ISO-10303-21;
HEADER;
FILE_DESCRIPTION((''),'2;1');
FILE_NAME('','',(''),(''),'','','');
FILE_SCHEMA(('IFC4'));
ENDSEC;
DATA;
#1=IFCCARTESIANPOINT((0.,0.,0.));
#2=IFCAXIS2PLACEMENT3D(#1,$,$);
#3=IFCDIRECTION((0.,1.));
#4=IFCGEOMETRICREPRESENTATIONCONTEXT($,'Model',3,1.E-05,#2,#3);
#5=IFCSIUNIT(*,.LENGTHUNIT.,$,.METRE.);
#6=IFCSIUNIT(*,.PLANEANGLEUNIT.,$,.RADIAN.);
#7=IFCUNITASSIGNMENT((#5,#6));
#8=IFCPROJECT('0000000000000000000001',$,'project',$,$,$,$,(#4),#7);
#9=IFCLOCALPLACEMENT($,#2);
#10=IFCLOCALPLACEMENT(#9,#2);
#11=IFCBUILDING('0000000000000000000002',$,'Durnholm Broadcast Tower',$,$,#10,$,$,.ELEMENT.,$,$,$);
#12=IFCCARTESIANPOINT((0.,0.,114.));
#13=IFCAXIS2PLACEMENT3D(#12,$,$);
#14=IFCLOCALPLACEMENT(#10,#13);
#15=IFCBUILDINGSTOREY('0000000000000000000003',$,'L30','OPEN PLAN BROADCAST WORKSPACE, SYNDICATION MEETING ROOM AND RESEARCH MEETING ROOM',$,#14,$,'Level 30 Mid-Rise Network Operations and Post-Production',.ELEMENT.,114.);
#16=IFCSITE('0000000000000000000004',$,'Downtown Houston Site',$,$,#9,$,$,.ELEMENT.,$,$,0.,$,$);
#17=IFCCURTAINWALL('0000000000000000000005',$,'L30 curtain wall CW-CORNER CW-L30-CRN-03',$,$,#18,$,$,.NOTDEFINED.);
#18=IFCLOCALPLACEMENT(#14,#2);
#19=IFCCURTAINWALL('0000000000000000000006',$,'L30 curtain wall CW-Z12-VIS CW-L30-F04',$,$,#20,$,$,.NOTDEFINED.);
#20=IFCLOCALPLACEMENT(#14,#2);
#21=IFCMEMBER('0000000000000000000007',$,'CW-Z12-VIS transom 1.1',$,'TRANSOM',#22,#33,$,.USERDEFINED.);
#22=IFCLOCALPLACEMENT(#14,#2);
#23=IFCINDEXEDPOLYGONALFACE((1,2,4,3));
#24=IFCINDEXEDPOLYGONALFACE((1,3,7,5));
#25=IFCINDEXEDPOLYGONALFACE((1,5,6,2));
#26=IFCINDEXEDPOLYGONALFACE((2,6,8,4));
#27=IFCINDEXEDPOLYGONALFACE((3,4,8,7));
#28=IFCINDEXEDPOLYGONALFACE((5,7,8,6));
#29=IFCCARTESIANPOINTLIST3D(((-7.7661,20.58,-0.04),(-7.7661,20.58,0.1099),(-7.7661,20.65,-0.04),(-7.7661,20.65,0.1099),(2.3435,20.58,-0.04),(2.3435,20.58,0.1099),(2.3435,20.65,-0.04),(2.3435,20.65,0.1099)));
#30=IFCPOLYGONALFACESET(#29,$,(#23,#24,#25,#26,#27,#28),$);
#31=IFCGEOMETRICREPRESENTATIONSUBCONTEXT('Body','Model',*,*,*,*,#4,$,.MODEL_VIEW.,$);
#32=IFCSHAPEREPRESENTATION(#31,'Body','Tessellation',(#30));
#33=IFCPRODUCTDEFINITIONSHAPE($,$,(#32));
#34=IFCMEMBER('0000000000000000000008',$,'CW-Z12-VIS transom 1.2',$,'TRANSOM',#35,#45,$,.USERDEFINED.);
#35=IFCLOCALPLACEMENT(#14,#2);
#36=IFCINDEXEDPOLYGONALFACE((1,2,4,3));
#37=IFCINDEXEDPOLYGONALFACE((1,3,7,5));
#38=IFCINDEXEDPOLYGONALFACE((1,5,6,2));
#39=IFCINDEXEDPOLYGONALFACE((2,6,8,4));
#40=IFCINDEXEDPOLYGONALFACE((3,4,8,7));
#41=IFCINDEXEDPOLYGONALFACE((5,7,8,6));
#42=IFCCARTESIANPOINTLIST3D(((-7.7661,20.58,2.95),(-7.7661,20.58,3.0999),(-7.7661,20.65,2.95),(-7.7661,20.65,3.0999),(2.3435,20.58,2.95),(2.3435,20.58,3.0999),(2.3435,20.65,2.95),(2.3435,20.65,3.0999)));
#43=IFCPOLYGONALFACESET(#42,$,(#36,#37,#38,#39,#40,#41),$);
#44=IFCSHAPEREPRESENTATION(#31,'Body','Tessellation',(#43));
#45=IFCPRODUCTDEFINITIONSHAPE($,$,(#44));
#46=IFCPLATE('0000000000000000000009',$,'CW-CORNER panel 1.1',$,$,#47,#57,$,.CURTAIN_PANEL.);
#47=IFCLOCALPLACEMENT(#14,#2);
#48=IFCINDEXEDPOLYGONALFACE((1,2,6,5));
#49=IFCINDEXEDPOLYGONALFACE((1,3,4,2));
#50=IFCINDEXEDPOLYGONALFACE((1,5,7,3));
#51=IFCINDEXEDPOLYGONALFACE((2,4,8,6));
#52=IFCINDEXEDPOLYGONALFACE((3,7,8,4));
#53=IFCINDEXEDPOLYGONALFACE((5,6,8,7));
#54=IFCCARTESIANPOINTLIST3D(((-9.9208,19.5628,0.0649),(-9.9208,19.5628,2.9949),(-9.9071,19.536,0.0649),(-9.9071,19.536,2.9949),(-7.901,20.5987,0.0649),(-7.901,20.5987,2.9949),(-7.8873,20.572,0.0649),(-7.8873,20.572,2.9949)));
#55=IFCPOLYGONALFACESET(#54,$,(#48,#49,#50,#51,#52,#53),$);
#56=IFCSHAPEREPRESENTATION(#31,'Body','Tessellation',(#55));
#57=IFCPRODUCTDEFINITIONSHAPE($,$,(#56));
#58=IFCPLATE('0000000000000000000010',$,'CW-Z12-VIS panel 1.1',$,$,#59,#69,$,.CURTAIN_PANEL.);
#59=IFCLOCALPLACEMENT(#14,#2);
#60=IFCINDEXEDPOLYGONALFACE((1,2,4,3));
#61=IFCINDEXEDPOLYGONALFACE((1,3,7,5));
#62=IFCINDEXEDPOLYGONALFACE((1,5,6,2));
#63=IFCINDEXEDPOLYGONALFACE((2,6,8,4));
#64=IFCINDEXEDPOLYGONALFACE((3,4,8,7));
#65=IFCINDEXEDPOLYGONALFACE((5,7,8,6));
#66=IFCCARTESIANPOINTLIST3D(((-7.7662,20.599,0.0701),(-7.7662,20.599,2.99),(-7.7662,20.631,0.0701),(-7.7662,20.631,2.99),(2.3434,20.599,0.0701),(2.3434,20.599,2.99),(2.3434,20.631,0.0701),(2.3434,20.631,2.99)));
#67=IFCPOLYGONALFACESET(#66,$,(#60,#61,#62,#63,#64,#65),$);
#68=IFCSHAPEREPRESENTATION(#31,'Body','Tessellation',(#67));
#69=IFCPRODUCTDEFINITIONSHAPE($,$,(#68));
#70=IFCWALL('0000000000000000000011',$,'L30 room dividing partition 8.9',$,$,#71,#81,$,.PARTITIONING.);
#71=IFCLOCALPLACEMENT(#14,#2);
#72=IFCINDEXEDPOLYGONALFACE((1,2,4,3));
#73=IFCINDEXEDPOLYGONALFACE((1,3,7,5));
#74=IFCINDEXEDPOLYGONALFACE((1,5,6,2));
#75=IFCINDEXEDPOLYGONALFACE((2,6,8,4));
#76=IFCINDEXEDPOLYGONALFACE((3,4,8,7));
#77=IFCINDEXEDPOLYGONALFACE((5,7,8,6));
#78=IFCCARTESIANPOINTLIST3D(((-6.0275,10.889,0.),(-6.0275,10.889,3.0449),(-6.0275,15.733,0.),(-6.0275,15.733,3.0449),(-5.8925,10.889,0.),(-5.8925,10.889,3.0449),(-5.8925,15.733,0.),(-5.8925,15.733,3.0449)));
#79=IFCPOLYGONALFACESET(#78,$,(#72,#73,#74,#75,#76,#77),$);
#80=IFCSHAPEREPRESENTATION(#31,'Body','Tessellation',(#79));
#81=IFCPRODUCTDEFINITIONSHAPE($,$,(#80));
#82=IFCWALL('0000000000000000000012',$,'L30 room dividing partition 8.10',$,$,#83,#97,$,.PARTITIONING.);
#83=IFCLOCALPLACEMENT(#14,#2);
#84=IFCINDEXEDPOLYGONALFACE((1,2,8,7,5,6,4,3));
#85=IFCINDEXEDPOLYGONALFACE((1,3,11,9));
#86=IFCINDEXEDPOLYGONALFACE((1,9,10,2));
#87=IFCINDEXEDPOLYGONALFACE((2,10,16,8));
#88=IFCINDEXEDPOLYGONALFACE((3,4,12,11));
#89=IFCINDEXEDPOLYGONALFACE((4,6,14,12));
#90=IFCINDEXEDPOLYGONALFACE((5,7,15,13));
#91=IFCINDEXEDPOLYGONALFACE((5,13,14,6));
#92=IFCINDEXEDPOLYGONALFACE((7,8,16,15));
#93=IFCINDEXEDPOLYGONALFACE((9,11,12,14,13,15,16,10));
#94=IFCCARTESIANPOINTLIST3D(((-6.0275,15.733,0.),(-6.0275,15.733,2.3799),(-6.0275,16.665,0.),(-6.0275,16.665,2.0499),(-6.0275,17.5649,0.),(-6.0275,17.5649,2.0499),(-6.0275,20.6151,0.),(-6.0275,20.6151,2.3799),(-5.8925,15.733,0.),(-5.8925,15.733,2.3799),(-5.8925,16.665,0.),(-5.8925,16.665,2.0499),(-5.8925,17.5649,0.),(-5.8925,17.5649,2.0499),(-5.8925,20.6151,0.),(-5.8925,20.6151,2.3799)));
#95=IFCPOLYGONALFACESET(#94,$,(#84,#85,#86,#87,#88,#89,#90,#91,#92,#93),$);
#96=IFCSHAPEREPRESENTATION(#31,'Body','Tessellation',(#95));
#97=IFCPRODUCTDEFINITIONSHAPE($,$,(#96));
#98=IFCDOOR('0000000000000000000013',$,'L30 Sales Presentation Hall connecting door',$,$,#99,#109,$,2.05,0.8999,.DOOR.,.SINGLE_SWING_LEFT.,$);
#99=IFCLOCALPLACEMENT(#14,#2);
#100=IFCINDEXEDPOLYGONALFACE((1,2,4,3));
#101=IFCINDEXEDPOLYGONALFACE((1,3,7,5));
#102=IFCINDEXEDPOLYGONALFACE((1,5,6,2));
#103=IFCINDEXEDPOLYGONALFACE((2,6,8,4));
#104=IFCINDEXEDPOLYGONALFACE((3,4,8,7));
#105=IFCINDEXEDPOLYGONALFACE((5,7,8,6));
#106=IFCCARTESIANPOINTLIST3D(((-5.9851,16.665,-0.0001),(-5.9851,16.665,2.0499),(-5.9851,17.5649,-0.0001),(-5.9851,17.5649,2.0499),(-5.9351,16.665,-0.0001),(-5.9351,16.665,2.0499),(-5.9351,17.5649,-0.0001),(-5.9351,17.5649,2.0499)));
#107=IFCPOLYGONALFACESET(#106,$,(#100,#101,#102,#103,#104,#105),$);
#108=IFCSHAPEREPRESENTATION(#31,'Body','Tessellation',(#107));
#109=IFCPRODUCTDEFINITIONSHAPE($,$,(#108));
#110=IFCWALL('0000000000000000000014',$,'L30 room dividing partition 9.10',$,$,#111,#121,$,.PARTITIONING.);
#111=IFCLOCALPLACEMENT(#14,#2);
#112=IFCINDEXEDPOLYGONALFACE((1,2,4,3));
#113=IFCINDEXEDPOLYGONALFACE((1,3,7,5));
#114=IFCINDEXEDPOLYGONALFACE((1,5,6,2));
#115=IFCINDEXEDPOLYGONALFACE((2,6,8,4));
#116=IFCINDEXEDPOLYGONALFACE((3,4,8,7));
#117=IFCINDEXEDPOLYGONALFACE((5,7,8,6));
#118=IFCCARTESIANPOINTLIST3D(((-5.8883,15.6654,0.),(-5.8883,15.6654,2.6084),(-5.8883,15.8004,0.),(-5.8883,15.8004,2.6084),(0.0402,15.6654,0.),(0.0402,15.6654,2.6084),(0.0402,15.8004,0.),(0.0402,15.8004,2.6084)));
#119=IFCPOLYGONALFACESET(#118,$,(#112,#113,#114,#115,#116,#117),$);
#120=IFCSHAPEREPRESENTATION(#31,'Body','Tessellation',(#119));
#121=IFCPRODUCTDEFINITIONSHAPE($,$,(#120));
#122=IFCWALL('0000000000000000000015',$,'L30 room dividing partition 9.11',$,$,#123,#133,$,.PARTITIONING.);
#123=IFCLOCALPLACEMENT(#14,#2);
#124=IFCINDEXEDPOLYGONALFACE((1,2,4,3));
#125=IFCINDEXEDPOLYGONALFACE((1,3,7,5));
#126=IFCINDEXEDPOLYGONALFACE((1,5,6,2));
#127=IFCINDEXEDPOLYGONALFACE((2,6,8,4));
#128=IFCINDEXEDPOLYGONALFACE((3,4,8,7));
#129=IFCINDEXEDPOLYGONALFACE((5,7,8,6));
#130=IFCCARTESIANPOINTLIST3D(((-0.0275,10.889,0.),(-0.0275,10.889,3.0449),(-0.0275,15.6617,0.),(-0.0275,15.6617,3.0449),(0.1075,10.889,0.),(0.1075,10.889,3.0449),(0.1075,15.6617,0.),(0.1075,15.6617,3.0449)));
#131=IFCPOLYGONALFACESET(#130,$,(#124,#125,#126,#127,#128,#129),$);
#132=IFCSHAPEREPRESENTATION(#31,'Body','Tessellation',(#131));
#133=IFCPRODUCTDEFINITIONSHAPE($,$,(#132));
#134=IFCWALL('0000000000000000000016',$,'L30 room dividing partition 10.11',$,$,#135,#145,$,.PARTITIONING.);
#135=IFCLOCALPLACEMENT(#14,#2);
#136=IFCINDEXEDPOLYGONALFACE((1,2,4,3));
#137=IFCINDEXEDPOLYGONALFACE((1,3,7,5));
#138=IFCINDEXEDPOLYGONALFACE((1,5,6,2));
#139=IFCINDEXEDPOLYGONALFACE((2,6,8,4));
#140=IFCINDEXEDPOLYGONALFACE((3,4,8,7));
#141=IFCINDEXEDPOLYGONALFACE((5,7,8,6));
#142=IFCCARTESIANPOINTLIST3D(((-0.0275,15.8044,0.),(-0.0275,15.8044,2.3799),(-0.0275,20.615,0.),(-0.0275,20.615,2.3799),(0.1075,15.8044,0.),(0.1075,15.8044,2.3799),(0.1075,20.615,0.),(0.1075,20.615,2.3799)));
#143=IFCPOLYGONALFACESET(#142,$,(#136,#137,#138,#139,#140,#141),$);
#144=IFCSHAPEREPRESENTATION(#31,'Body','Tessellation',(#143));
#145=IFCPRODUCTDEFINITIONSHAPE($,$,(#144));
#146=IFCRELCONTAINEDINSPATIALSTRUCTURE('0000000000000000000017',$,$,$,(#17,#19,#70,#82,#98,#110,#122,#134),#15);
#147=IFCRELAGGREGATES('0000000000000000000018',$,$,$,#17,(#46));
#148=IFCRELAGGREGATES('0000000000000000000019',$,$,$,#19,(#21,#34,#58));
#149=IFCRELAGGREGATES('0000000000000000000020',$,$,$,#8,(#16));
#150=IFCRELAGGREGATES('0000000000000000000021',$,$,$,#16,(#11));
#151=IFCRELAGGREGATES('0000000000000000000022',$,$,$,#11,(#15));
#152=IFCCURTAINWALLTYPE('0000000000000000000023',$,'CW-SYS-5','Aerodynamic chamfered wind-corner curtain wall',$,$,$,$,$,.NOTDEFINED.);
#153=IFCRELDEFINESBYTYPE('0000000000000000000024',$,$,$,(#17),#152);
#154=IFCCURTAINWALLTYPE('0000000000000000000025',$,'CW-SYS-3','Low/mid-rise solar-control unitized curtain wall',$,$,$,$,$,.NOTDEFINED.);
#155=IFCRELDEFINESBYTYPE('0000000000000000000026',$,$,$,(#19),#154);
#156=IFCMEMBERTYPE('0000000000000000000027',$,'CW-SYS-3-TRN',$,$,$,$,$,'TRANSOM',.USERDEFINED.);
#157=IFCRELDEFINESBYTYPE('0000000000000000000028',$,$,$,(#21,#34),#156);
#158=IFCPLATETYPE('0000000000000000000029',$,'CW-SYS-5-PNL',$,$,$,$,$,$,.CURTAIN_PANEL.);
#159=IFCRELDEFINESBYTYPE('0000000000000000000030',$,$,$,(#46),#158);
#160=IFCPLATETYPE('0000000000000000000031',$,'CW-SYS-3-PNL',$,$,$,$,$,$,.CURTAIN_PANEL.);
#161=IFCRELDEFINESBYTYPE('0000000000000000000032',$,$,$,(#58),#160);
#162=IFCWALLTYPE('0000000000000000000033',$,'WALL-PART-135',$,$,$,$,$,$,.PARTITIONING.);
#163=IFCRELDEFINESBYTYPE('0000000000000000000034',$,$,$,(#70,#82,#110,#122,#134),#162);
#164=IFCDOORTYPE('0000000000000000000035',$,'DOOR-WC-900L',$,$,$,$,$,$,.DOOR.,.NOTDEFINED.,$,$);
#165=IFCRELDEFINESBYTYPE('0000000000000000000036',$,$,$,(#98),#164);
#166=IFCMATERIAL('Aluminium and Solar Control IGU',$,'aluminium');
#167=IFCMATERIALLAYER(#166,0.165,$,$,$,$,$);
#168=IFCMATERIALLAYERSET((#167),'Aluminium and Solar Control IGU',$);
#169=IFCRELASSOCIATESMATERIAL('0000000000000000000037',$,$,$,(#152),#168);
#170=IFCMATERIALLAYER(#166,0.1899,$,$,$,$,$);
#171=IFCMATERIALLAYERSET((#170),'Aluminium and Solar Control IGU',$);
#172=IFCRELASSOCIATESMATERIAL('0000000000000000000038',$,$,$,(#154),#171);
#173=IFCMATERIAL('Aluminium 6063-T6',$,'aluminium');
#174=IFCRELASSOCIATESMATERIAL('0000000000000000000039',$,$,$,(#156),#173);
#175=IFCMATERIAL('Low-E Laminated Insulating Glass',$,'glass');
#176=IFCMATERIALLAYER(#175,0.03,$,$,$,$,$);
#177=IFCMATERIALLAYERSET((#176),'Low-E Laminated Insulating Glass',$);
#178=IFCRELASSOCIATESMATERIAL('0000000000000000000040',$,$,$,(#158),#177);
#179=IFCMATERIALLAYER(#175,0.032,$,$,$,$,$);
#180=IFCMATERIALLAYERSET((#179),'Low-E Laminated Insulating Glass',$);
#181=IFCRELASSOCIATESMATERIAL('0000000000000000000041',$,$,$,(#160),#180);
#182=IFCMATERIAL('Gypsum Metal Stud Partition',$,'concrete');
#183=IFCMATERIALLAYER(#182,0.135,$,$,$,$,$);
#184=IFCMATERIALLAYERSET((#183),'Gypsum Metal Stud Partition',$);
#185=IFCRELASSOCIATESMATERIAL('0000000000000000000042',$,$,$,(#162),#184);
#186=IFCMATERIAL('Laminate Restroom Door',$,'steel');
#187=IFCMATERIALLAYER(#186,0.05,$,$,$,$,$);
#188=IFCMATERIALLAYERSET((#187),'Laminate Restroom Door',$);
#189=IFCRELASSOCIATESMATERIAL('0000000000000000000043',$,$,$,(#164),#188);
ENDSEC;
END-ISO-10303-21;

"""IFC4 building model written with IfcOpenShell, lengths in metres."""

from ifc_helpers import new_model, si_unit, direction, frame, frame_2d, origin, origin_2d, place, context, subcontext, project, spatial, rectangle, extrude, source, transform, mapped, material, layer, layer_set, material_profile, profile_set, type_object, type_shapes, element, fill, aggregate, save


model = new_model("IFC4")

# Units and contexts
model_context = context("Model", 3, precision=1e-05, world=origin(), true_north=direction((0.0, 1.0)))
body_context = subcontext(model_context, "Body", "Model", "MODEL_VIEW")
ifc_project = project(units=[si_unit("LENGTHUNIT", "METRE"), si_unit("PLANEANGLEUNIT", "RADIAN")], contexts=[model_context])

# Site, building, storey
site_placement = place(None, origin())
site = spatial("IfcSite", under=ifc_project, at=site_placement, Name="Downtown Houston Site", CompositionType="ELEMENT", RefElevation=0.0)
building_placement = place(site_placement, origin())
building = spatial("IfcBuilding", under=site, at=building_placement, Name="Durnholm Broadcast Tower", CompositionType="ELEMENT")
storey_placement = place(building_placement, frame((0.0, 0.0, 114.0)))
storey = spatial("IfcBuildingStorey", under=building, at=storey_placement, Name="L30", Description="OPEN PLAN BROADCAST WORKSPACE, SYNDICATION MEETING ROOM AND RESEARCH MEETING ROOM", LongName="Level 30 Mid-Rise Network Operations and Post-Production", CompositionType="ELEMENT", Elevation=114.0)

# Curtain wall
ifc_material_1 = material(Name="Aluminium and Solar Control IGU", Category="aluminium")
ifc_layer_1 = layer(ifc_material_1, 0.165)
ifc_layer_set_1 = layer_set([ifc_layer_1], Name="Aluminium and Solar Control IGU")
curtain_wall_type_1 = type_object("IfcCurtainWallType", Name="CW-SYS-5", Description="Aerodynamic chamfered wind-corner curtain wall", PredefinedType="NOTDEFINED", material=ifc_layer_set_1)
curtain_wall_1_placement = place(storey_placement, origin())
curtain_wall_1 = element("IfcCurtainWall", 1, at=curtain_wall_1_placement, inside=storey, type_object=curtain_wall_type_1, Name="L30 curtain wall CW-CORNER CW-L30-CRN-03", PredefinedType="NOTDEFINED")
ifc_material_2 = material(Name="Aluminium 6063-T6", Category="aluminium")

# Curtain wall, members
ifc_layer_2 = layer(ifc_material_1, 0.1899)
ifc_layer_set_2 = layer_set([ifc_layer_2], Name="Aluminium and Solar Control IGU")
curtain_wall_type_2 = type_object("IfcCurtainWallType", Name="CW-SYS-3", Description="Low/mid-rise solar-control unitized curtain wall", PredefinedType="NOTDEFINED", material=ifc_layer_set_2)
curtain_wall_2_placement = place(storey_placement, origin())
curtain_wall_2 = element("IfcCurtainWall", 2, at=curtain_wall_2_placement, inside=storey, type_object=curtain_wall_type_2, Name="L30 curtain wall CW-Z12-VIS CW-L30-F04", PredefinedType="NOTDEFINED")
ifc_material_profile_1 = material_profile(ifc_material_2, rectangle(XDim=0.0701, YDim=0.1499, at=origin_2d()), Name="CWT70X150")
ifc_profile_set_1 = profile_set([ifc_material_profile_1], Name="Aluminium 6063-T6")
member_type_1 = type_object("IfcMemberType", Name="CW-SYS-3-TRN", ElementType="TRANSOM", PredefinedType="USERDEFINED", material=ifc_profile_set_1)
shared_shape_1 = source(origin(), body_context, "Body", "SweptSolid", [
    extrude(rectangle(XDim=0.0701, YDim=0.1499, at=origin_2d()), origin(), (0.0, 0.0, 1.0), 10.1096),
])
type_shapes(member_type_1, [shared_shape_1])
member_1_placement = place(storey_placement, frame((-7.7661, 20.615, 0.0349), z_axis=(1.0, 0.0, 0.0), x_axis=(0.0, 1.0, 0.0)))
member_1 = element("IfcMember", 3, at=member_1_placement, type_object=member_type_1, Name="CW-Z12-VIS transom 1.1", ObjectType="TRANSOM", PredefinedType="USERDEFINED", context=body_context, shape_type="MappedRepresentation", body=[
    mapped(shared_shape_1, transform((0.0, 0.0, 0.0), x_axis=(1.0, 0.0, 0.0), y_axis=(0.0, 1.0, 0.0), z_axis=(0.0, 0.0, 1.0), scale=1.0)),
])
member_2_placement = place(storey_placement, frame((-7.7661, 20.615, 3.0249), z_axis=(1.0, 0.0, 0.0), x_axis=(0.0, 1.0, 0.0)))
member_2 = element("IfcMember", 4, at=member_2_placement, type_object=member_type_1, Name="CW-Z12-VIS transom 1.2", ObjectType="TRANSOM", PredefinedType="USERDEFINED", context=body_context, shape_type="MappedRepresentation", body=[
    mapped(shared_shape_1, transform((0.0, 0.0, 0.0), x_axis=(1.0, 0.0, 0.0), y_axis=(0.0, 1.0, 0.0), z_axis=(0.0, 0.0, 1.0), scale=1.0)),
])

# Plates
ifc_material_3 = material(Name="Low-E Laminated Insulating Glass", Category="glass")
ifc_layer_3 = layer(ifc_material_3, 0.03)
ifc_layer_set_3 = layer_set([ifc_layer_3], Name="Low-E Laminated Insulating Glass")
plate_type_1 = type_object("IfcPlateType", Name="CW-SYS-5-PNL", PredefinedType="CURTAIN_PANEL", material=ifc_layer_set_3)
shared_shape_2 = source(origin(), body_context, "Body", "SweptSolid", [
    extrude(rectangle(XDim=2.27, YDim=0.03, at=origin_2d()), origin(), (0.0, 0.0, 1.0), 2.9299),
])
type_shapes(plate_type_1, [shared_shape_2])
plate_1_placement = place(storey_placement, frame((-8.9041, 20.0674, 0.0649), z_axis=(0.0, 0.0, 1.0), x_axis=(0.889788, 0.456373, 0.0)))
plate_1 = element("IfcPlate", 5, at=plate_1_placement, type_object=plate_type_1, Name="CW-CORNER panel 1.1", PredefinedType="CURTAIN_PANEL", context=body_context, shape_type="MappedRepresentation", body=[
    mapped(shared_shape_2, transform((0.0, 0.0, 0.0), x_axis=(1.0, 0.0, 0.0), y_axis=(0.0, 1.0, 0.0), z_axis=(0.0, 0.0, 1.0), scale=1.0)),
])
aggregate(curtain_wall_1, [plate_1])
ifc_layer_4 = layer(ifc_material_3, 0.032)
ifc_layer_set_4 = layer_set([ifc_layer_4], Name="Low-E Laminated Insulating Glass")
plate_type_2 = type_object("IfcPlateType", Name="CW-SYS-3-PNL", PredefinedType="CURTAIN_PANEL", material=ifc_layer_set_4)
shared_shape_3 = source(origin(), body_context, "Body", "SweptSolid", [
    extrude(rectangle(XDim=10.1096, YDim=0.032, at=origin_2d()), origin(), (0.0, 0.0, 1.0), 2.9199),
])
type_shapes(plate_type_2, [shared_shape_3])
plate_2_placement = place(storey_placement, frame((-2.7114, 20.615, 0.0701), z_axis=(0.0, 0.0, 1.0), x_axis=(1.0, 0.0, 0.0)))
plate_2 = element("IfcPlate", 6, at=plate_2_placement, type_object=plate_type_2, Name="CW-Z12-VIS panel 1.1", PredefinedType="CURTAIN_PANEL", context=body_context, shape_type="MappedRepresentation", body=[
    mapped(shared_shape_3, transform((0.0, 0.0, 0.0), x_axis=(1.0, 0.0, 0.0), y_axis=(0.0, 1.0, 0.0), z_axis=(0.0, 0.0, 1.0), scale=1.0)),
])
aggregate(curtain_wall_2, [member_1, member_2, plate_2])

# Wall
ifc_material_4 = material(Name="Gypsum Metal Stud Partition", Category="concrete")
ifc_layer_5 = layer(ifc_material_4, 0.135)
ifc_layer_set_5 = layer_set([ifc_layer_5], Name="Gypsum Metal Stud Partition")
wall_type = type_object("IfcWallType", Name="WALL-PART-135", PredefinedType="PARTITIONING", material=ifc_layer_set_5)
wall_1_placement = place(storey_placement, frame((-5.96, 15.7329, 0.0), z_axis=(0.0, 0.0, 1.0), x_axis=(0.0, -1.0, 0.0)))
element("IfcWall", 7, at=wall_1_placement, inside=storey, type_object=wall_type, Name="L30 room dividing partition 8.9", PredefinedType="PARTITIONING", context=body_context, shape_type="SweptSolid", body=[
    extrude(rectangle(XDim=4.844, YDim=0.135, at=frame_2d((2.4219, 0.0))), origin(), (0.0, 0.0, 1.0), 3.0449),
])

# Wall, opening, door
wall_2_placement = place(storey_placement, frame((-5.96, 20.615, 0.0), z_axis=(0.0, 0.0, 1.0), x_axis=(0.0, -1.0, 0.0)))
wall_2 = element("IfcWall", 8, at=wall_2_placement, inside=storey, type_object=wall_type, Name="L30 room dividing partition 8.10", PredefinedType="PARTITIONING", context=body_context, shape_type="SweptSolid", body=[
    extrude(rectangle(XDim=4.8821, YDim=0.135, at=frame_2d((2.4409, 0.0))), origin(), (0.0, 0.0, 1.0), 2.3799),
])
opening_placement = place(wall_2_placement, frame((3.05, 0.0, 0.0)))
opening = element("IfcOpeningElement", 9, at=opening_placement, cuts=wall_2, PredefinedType="OPENING", context=body_context, shape_type="SweptSolid", body=[
    extrude(rectangle(XDim=0.8999, YDim=2.05, at=frame_2d((0.45, 1.0249))), frame((0.0, 0.0776, 0.0), z_axis=(0.0, -1.0, 0.0), x_axis=(1.0, 0.0, 0.0)), (0.0, 0.0, 1.0), 0.155),
])
ifc_material_5 = material(Name="Laminate Restroom Door", Category="steel")
ifc_layer_6 = layer(ifc_material_5, 0.05)
ifc_layer_set_6 = layer_set([ifc_layer_6], Name="Laminate Restroom Door")
door_type = type_object("IfcDoorType", Name="DOOR-WC-900L", OperationType="NOTDEFINED", PredefinedType="DOOR", material=ifc_layer_set_6)
shared_shape_4 = source(origin(), body_context, "Body", "SweptSolid", [
    extrude(rectangle(XDim=0.8999, YDim=2.05, at=frame_2d((0.45, 1.0249))), frame((0.0, 0.0249, 0.0), z_axis=(0.0, -1.0, 0.0), x_axis=(1.0, 0.0, 0.0)), (0.0, 0.0, 1.0), 0.05),
])
type_shapes(door_type, [shared_shape_4])
door_placement = place(opening_placement, origin())
door = element("IfcDoor", 10, at=door_placement, inside=storey, type_object=door_type, Name="L30 Sales Presentation Hall connecting door", OperationType="SINGLE_SWING_LEFT", OverallHeight=2.05, OverallWidth=0.8999, PredefinedType="DOOR", context=body_context, shape_type="MappedRepresentation", body=[
    mapped(shared_shape_4, transform((0.0, 0.0, 0.0), x_axis=(1.0, 0.0, 0.0), y_axis=(0.0, 1.0, 0.0), z_axis=(0.0, 0.0, 1.0), scale=1.0)),
])
fill(opening, door)

# Walls
wall_3_placement = place(storey_placement, frame((-5.8884, 15.7329, 0.0), z_axis=(0.0, 0.0, 1.0), x_axis=(1.0, 0.0, 0.0)))
element("IfcWall", 11, at=wall_3_placement, inside=storey, type_object=wall_type, Name="L30 room dividing partition 9.10", PredefinedType="PARTITIONING", context=body_context, shape_type="SweptSolid", body=[
    extrude(rectangle(XDim=5.9285, YDim=0.135, at=frame_2d((2.9644, 0.0))), origin(), (0.0, 0.0, 1.0), 2.6084),
])
wall_4_placement = place(storey_placement, frame((0.04, 15.6616, 0.0), z_axis=(0.0, 0.0, 1.0), x_axis=(0.0, -1.0, 0.0)))
element("IfcWall", 12, at=wall_4_placement, inside=storey, type_object=wall_type, Name="L30 room dividing partition 9.11", PredefinedType="PARTITIONING", context=body_context, shape_type="SweptSolid", body=[
    extrude(rectangle(XDim=4.7727, YDim=0.135, at=frame_2d((2.3862, 0.0))), origin(), (0.0, 0.0, 1.0), 3.0449),
])
wall_5_placement = place(storey_placement, frame((0.04, 20.615, 0.0), z_axis=(0.0, 0.0, 1.0), x_axis=(0.0, -1.0, 0.0)))
element("IfcWall", 13, at=wall_5_placement, inside=storey, type_object=wall_type, Name="L30 room dividing partition 10.11", PredefinedType="PARTITIONING", context=body_context, shape_type="SweptSolid", body=[
    extrude(rectangle(XDim=4.8105, YDim=0.135, at=frame_2d((2.4053, 0.0))), origin(), (0.0, 0.0, 1.0), 2.3799),
])

save(model, "model.ifc")
